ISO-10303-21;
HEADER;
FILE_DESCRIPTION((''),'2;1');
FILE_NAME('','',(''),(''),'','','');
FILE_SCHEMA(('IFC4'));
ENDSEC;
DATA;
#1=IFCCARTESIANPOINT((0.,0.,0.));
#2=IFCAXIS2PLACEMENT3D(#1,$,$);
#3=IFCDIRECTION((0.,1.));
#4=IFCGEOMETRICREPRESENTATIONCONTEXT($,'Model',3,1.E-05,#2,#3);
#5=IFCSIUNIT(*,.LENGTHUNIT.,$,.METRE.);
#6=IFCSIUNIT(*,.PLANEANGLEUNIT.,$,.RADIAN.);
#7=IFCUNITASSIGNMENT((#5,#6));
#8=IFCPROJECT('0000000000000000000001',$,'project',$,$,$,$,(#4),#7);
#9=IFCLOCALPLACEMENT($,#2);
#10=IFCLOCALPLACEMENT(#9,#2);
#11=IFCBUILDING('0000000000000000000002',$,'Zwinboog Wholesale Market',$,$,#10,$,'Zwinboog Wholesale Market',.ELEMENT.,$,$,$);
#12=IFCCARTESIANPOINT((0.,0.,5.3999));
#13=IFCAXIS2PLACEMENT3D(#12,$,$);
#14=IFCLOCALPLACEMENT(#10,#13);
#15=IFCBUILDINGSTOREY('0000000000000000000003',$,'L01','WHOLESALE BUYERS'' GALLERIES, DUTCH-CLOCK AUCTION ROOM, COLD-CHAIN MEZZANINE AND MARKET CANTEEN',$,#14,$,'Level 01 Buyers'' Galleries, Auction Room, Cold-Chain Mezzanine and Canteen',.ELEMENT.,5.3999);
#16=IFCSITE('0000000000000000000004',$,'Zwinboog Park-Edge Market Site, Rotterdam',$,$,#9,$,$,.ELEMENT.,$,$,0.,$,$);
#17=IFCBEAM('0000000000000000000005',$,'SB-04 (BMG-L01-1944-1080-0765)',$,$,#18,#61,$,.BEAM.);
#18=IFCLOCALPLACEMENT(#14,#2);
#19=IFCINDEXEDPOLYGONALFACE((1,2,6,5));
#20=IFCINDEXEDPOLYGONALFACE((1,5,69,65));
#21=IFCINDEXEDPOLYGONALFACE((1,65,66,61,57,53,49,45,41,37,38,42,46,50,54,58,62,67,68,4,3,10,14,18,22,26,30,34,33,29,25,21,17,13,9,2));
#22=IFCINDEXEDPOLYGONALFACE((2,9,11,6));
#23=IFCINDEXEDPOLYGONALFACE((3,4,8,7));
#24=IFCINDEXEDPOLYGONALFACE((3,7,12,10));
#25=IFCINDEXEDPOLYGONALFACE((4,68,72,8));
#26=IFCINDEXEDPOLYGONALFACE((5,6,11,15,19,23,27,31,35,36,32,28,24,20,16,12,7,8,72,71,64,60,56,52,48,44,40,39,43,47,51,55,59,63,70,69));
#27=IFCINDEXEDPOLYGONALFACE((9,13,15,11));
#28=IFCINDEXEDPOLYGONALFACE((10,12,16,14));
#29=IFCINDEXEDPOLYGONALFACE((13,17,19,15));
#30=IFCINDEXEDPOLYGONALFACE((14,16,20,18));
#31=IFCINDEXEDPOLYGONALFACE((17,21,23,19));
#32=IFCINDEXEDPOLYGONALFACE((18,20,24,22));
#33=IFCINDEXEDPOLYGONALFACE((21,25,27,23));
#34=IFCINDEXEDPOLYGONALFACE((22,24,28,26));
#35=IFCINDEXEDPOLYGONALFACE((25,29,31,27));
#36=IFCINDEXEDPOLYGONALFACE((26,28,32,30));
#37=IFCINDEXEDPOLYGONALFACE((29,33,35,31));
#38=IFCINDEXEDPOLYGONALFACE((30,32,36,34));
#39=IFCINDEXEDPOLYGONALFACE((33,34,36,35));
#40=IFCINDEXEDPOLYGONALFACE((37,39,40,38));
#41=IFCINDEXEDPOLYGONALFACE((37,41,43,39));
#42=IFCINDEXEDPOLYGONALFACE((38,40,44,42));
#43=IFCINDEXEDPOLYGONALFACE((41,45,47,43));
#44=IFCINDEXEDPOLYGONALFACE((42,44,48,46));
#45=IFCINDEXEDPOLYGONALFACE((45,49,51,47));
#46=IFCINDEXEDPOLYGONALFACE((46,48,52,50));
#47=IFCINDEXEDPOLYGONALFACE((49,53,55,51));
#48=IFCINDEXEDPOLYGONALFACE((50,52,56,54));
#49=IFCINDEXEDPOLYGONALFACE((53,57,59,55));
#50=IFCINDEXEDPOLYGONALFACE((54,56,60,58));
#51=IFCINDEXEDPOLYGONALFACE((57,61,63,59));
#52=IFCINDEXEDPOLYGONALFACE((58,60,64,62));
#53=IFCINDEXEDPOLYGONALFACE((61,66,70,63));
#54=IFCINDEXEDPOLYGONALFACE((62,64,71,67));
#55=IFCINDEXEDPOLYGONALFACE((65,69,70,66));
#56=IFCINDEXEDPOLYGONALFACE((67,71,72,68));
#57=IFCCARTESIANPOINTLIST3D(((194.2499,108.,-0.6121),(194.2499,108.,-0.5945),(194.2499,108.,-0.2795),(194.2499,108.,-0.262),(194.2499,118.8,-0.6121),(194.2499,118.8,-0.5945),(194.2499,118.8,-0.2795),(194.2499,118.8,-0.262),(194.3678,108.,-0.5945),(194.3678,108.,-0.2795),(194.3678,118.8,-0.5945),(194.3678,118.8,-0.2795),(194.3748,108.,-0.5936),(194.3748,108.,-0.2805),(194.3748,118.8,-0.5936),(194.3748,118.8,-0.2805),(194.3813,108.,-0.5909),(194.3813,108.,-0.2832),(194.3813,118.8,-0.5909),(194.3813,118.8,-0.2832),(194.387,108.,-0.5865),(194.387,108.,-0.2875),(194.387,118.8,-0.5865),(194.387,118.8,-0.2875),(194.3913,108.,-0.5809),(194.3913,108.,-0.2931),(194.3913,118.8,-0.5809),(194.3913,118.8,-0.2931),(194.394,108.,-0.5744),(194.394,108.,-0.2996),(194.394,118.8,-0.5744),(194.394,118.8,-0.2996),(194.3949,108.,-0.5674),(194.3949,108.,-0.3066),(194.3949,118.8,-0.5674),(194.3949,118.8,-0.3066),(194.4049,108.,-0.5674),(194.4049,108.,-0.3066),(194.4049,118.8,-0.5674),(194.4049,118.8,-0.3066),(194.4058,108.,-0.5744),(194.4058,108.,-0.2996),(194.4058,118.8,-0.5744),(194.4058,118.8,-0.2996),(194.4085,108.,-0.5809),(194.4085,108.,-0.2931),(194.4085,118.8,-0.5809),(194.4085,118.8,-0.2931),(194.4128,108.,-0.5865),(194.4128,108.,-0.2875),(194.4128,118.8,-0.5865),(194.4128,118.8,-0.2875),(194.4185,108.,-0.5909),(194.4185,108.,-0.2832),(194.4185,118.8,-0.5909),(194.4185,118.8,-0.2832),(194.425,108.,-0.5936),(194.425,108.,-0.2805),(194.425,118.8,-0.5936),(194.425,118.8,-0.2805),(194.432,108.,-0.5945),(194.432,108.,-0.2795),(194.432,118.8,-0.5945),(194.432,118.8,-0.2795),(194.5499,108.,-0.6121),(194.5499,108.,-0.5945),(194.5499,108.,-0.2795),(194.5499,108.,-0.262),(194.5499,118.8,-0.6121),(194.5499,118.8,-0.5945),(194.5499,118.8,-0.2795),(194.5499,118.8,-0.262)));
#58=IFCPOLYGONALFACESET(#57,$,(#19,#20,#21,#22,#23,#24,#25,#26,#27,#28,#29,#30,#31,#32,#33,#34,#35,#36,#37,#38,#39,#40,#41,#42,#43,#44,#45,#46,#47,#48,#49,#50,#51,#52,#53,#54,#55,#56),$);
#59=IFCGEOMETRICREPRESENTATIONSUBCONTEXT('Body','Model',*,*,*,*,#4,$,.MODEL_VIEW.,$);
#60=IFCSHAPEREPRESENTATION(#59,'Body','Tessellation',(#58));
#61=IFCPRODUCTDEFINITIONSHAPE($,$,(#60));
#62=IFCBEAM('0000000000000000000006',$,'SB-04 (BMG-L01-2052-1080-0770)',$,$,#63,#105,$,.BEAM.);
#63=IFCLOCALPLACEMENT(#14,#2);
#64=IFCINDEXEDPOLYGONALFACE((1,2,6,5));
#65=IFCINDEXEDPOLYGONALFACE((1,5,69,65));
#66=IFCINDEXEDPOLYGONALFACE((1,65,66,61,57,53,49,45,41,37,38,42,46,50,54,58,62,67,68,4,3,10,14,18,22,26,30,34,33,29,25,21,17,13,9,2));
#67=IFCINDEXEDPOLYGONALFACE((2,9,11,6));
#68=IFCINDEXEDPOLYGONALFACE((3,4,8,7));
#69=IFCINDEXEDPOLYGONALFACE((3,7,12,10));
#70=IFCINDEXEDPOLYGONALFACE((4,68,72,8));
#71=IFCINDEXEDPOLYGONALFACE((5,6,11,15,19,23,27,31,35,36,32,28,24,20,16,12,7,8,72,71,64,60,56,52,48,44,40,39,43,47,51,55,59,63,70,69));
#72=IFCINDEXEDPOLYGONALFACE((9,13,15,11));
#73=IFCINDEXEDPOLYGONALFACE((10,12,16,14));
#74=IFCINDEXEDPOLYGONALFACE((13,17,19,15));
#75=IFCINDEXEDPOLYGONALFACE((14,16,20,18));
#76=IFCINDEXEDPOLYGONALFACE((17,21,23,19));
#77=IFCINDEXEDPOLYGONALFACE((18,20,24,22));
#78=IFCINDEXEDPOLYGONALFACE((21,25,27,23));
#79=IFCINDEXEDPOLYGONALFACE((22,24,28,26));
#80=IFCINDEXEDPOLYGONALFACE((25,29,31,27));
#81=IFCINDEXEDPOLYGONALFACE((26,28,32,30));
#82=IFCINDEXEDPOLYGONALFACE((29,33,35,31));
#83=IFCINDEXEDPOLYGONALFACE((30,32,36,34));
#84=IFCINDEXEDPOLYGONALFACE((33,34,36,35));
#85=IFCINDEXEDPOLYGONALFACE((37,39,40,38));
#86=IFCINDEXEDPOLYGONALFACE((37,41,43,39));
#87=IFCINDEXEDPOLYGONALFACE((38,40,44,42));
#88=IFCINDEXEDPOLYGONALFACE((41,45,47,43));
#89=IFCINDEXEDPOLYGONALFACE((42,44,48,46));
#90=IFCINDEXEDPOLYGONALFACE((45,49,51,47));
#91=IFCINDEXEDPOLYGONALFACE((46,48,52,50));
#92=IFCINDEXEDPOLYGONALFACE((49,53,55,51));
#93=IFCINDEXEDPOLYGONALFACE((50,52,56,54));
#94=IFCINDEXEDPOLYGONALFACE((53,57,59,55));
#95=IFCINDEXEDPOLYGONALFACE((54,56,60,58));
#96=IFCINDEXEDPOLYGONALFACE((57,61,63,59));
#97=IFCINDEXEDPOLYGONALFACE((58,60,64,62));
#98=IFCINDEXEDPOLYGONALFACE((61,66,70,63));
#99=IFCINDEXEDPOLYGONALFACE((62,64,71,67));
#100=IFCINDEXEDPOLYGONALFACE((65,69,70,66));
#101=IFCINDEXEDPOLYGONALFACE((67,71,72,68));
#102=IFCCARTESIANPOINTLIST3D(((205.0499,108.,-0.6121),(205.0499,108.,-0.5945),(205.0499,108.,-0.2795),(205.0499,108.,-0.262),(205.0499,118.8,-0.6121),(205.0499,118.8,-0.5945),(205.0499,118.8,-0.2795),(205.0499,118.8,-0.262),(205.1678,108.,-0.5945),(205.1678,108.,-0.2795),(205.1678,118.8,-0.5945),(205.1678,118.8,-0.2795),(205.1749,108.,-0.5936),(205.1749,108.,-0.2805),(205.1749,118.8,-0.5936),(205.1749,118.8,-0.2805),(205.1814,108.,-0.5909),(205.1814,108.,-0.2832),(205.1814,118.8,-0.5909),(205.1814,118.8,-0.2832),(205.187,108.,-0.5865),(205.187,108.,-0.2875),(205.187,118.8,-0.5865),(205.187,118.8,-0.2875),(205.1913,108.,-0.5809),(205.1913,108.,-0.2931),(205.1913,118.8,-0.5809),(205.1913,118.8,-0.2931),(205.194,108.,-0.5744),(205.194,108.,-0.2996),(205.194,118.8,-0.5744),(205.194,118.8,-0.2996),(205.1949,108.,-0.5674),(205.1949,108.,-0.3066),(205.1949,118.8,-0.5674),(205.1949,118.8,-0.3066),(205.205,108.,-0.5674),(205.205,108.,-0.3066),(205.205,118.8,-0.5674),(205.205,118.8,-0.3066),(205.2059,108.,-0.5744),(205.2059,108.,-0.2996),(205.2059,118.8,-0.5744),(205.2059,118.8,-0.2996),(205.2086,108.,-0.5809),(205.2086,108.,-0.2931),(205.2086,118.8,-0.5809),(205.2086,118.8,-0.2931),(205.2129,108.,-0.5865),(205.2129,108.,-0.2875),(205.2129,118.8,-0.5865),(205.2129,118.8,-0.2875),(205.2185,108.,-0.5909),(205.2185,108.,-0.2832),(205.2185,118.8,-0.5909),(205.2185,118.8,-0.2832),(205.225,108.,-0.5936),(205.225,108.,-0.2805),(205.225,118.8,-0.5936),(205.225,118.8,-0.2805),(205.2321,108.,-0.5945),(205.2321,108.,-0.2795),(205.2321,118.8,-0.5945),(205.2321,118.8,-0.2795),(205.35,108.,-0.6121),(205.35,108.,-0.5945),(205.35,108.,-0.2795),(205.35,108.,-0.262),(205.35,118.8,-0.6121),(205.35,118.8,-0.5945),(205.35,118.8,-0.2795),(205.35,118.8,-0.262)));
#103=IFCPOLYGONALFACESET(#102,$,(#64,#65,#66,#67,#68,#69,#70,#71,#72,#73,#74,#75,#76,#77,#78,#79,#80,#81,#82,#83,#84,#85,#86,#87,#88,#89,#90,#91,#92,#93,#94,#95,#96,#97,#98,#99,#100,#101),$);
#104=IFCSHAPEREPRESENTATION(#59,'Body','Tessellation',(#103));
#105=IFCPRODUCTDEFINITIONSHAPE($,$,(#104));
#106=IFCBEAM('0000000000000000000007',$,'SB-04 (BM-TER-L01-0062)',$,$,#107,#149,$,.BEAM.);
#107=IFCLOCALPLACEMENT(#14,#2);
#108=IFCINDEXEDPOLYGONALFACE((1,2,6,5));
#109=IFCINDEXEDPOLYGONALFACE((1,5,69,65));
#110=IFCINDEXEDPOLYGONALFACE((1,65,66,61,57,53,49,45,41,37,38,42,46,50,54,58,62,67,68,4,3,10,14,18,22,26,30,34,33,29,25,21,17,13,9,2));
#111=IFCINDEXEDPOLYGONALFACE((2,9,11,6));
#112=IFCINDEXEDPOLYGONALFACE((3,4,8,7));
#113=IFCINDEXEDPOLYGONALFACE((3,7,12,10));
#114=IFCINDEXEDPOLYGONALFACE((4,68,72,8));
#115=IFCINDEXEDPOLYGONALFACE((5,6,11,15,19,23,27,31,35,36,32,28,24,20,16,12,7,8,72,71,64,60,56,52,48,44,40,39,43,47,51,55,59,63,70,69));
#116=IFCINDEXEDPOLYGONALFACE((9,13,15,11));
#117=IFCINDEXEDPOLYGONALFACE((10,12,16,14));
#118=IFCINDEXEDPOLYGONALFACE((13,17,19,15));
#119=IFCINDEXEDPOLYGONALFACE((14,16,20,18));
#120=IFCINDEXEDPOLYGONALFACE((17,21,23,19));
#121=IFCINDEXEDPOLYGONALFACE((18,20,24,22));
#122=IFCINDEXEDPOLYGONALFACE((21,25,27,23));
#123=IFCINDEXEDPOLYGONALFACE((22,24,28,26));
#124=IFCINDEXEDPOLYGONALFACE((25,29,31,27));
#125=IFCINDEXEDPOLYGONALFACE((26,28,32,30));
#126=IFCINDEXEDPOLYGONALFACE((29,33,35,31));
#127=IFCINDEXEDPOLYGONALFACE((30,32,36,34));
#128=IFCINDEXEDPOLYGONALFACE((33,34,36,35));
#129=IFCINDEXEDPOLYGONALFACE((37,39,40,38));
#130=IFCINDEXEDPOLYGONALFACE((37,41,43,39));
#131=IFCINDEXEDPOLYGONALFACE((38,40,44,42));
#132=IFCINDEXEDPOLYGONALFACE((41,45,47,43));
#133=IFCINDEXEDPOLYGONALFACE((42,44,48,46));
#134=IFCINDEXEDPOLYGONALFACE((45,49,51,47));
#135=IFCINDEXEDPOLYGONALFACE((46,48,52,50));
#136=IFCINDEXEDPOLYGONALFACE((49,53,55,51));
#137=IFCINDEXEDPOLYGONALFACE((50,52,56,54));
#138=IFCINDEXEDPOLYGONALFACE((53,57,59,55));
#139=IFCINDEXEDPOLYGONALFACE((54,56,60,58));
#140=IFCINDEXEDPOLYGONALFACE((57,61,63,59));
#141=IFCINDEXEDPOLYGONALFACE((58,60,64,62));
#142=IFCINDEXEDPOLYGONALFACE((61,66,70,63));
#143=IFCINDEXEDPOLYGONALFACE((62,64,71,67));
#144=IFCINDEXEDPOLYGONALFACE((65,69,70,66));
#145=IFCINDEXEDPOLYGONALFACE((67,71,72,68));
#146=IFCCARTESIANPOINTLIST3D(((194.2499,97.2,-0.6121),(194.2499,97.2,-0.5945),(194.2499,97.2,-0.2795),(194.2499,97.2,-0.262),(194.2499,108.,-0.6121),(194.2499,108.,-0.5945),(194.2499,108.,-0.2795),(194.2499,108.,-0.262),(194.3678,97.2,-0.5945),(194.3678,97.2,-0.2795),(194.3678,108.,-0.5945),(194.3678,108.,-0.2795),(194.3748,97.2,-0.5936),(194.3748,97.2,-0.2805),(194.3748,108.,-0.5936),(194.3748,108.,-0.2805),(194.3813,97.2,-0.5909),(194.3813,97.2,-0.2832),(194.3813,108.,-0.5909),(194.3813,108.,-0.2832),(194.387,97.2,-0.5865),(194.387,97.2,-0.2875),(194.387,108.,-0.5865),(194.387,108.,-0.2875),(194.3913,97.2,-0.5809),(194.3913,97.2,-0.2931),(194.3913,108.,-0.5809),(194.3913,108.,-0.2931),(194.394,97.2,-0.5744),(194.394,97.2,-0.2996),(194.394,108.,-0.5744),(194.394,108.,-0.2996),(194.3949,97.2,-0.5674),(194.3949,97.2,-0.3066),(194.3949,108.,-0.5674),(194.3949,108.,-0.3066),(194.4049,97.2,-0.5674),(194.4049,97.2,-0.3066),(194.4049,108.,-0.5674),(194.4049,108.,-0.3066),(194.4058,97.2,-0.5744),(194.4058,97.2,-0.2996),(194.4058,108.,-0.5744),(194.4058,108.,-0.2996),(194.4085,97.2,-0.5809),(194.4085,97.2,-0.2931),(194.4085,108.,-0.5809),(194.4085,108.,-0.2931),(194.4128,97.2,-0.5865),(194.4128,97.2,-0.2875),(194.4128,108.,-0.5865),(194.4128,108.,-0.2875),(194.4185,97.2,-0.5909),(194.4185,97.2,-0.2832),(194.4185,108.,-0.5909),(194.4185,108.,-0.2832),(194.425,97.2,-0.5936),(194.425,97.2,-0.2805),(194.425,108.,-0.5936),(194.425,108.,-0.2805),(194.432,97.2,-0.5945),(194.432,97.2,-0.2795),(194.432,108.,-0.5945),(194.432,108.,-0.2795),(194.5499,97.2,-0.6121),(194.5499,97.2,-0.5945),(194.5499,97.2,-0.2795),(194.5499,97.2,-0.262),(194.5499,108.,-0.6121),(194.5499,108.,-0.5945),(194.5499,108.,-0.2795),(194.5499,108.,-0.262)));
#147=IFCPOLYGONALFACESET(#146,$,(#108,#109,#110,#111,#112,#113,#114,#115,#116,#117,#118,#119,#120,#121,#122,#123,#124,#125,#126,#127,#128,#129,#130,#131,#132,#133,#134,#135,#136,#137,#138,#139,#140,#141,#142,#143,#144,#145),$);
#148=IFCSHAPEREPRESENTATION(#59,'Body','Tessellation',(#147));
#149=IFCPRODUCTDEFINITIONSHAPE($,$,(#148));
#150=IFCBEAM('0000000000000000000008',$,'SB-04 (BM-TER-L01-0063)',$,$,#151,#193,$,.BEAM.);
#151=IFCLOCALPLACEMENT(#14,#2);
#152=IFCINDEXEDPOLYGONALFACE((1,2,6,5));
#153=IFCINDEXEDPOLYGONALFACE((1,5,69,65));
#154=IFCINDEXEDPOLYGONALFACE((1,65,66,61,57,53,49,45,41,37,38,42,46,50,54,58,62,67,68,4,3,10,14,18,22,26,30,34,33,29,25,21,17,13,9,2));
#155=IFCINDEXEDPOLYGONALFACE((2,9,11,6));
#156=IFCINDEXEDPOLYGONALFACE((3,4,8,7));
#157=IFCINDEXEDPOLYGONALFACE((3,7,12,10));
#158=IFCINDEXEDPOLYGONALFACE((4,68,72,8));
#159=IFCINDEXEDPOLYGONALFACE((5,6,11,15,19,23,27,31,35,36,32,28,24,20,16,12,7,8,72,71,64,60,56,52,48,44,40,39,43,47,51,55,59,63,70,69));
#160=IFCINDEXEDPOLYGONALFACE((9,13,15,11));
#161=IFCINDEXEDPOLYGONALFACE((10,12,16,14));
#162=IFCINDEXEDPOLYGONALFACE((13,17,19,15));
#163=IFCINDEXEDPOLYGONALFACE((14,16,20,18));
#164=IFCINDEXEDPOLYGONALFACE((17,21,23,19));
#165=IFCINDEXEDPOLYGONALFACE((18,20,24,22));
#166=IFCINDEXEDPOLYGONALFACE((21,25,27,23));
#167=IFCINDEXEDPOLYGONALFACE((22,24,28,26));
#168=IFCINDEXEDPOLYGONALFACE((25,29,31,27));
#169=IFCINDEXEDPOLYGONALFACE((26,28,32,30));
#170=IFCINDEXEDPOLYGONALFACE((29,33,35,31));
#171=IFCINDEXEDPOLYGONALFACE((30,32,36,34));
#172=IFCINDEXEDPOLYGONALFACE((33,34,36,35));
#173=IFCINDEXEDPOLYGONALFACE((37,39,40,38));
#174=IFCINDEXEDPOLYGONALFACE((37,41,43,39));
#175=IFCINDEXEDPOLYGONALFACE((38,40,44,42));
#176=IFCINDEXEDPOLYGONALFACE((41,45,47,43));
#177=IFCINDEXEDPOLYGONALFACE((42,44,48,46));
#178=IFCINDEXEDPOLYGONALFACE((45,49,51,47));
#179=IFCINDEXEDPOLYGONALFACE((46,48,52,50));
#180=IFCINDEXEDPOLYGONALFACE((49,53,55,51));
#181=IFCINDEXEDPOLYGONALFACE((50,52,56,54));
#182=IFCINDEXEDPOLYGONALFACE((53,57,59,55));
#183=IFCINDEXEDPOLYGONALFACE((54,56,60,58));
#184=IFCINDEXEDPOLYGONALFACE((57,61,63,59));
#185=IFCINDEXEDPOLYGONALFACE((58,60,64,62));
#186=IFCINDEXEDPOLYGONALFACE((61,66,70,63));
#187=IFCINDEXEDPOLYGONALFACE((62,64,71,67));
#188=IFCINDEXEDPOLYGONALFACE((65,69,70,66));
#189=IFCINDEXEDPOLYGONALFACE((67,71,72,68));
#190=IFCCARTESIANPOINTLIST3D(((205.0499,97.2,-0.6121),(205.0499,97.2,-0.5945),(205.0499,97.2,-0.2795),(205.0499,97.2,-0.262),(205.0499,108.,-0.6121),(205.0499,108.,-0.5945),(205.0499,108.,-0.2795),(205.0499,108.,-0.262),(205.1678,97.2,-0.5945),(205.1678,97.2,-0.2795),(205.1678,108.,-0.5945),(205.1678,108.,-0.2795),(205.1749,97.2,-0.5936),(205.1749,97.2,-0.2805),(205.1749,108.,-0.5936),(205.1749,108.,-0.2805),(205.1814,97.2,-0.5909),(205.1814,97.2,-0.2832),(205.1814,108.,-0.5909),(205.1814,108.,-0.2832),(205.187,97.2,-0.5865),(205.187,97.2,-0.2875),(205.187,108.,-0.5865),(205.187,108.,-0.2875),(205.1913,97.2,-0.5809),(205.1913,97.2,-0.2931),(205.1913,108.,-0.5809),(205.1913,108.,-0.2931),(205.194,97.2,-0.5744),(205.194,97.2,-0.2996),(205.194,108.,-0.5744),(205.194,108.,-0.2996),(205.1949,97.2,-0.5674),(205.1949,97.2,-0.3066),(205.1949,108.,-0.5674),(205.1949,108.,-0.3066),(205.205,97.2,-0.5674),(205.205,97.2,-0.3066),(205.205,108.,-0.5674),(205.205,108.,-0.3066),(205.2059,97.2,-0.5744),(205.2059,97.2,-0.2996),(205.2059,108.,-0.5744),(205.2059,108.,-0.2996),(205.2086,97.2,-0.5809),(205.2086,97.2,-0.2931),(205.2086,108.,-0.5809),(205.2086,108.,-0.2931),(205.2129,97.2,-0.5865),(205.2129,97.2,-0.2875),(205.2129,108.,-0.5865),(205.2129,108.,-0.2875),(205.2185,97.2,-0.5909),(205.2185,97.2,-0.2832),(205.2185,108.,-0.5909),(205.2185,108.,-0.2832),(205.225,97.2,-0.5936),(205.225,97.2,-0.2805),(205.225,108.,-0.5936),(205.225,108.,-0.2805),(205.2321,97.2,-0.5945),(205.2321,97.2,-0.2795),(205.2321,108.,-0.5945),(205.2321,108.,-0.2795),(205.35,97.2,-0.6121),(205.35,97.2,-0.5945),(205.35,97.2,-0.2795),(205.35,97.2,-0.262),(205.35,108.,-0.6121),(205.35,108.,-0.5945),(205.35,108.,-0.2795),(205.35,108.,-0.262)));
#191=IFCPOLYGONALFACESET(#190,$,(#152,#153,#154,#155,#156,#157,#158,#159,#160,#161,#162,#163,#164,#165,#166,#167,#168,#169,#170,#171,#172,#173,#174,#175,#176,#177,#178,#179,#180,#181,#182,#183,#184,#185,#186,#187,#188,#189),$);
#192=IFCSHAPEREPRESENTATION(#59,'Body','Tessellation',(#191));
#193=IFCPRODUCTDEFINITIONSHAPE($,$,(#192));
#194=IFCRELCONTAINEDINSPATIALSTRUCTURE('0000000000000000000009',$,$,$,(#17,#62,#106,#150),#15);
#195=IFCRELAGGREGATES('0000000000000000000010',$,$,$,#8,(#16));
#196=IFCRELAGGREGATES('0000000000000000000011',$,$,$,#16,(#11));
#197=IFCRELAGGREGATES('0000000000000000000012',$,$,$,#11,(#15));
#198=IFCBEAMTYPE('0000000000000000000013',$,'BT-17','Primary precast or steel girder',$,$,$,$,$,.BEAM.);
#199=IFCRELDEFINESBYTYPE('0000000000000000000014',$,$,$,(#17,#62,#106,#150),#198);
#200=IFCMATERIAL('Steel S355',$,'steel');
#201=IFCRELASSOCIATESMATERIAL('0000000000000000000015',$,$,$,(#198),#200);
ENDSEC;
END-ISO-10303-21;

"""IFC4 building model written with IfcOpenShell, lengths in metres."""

from ifc_helpers import new_model, si_unit, direction, frame, origin, origin_2d, place, context, subcontext, project, spatial, i_section, extrude, material, material_profile, profile_set, type_object, element, save


model = new_model("IFC4")

# Units and contexts
model_context = context("Model", 3, precision=1e-05, world=origin(), true_north=direction((0.0, 1.0)))
body_context = subcontext(model_context, "Body", "Model", "MODEL_VIEW")
ifc_project = project(units=[si_unit("LENGTHUNIT", "METRE"), si_unit("PLANEANGLEUNIT", "RADIAN")], contexts=[model_context])

# Site, building, storey
site_placement = place(None, origin())
site = spatial("IfcSite", under=ifc_project, at=site_placement, Name="Zwinboog Park-Edge Market Site, Rotterdam", CompositionType="ELEMENT", RefElevation=0.0)
building_placement = place(site_placement, origin())
building = spatial("IfcBuilding", under=site, at=building_placement, Name="Zwinboog Wholesale Market", LongName="Zwinboog Wholesale Market", CompositionType="ELEMENT")
storey_placement = place(building_placement, frame((0.0, 0.0, 5.3999)))
storey = spatial("IfcBuildingStorey", under=building, at=storey_placement, Name="L01", Description="WHOLESALE BUYERS' GALLERIES, DUTCH-CLOCK AUCTION ROOM, COLD-CHAIN MEZZANINE AND MARKET CANTEEN", LongName="Level 01 Buyers' Galleries, Auction Room, Cold-Chain Mezzanine and Canteen", CompositionType="ELEMENT", Elevation=5.3999)

# Beams
ifc_material_1 = material(Name="Steel S355", Category="steel")
ifc_material_profile_1 = material_profile(ifc_material_1, i_section(OverallWidth=0.3, OverallDepth=0.3501, WebThickness=0.01, FlangeThickness=0.0176, FilletRadius=0.0271, at=origin_2d()), Name="HEA 360")
ifc_profile_set_1 = profile_set([ifc_material_profile_1], Name="Steel S355")
beam_type_1 = type_object("IfcBeamType", Name="BT-17", Description="Primary precast or steel girder", PredefinedType="BEAM", material=ifc_profile_set_1)
for number, where, z_axis, x_axis, name in (
    (1, (194.3999, 108.0, -0.437), (0.0, 1.0, 0.0), (-1.0, 0.0, 0.0), "SB-04 (BMG-L01-1944-1080-0765)"),
    (2, (205.2, 108.0, -0.437), (0.0, 1.0, 0.0), (-1.0, 0.0, 0.0), "SB-04 (BMG-L01-2052-1080-0770)"),
    (3, (194.3999, 97.2, -0.437), (0.0, 1.0, 0.0), (-1.0, 0.0, 0.0), "SB-04 (BM-TER-L01-0062)"),
    (4, (205.2, 97.2, -0.437), (0.0, 1.0, 0.0), (-1.0, 0.0, 0.0), "SB-04 (BM-TER-L01-0063)"),
):
    element("IfcBeam", number, at=place(storey_placement, frame(where, z_axis=z_axis, x_axis=x_axis)), inside=storey, type_object=beam_type_1, Name=name, PredefinedType="BEAM", context=body_context, shape_type="SweptSolid", body=[
        extrude(i_section(OverallWidth=0.3, OverallDepth=0.3501, WebThickness=0.01, FlangeThickness=0.0176, FilletRadius=0.0271, at=origin_2d()), origin(), (0.0, 0.0, 1.0), 10.8),
    ])

save(model, "model.ifc")
